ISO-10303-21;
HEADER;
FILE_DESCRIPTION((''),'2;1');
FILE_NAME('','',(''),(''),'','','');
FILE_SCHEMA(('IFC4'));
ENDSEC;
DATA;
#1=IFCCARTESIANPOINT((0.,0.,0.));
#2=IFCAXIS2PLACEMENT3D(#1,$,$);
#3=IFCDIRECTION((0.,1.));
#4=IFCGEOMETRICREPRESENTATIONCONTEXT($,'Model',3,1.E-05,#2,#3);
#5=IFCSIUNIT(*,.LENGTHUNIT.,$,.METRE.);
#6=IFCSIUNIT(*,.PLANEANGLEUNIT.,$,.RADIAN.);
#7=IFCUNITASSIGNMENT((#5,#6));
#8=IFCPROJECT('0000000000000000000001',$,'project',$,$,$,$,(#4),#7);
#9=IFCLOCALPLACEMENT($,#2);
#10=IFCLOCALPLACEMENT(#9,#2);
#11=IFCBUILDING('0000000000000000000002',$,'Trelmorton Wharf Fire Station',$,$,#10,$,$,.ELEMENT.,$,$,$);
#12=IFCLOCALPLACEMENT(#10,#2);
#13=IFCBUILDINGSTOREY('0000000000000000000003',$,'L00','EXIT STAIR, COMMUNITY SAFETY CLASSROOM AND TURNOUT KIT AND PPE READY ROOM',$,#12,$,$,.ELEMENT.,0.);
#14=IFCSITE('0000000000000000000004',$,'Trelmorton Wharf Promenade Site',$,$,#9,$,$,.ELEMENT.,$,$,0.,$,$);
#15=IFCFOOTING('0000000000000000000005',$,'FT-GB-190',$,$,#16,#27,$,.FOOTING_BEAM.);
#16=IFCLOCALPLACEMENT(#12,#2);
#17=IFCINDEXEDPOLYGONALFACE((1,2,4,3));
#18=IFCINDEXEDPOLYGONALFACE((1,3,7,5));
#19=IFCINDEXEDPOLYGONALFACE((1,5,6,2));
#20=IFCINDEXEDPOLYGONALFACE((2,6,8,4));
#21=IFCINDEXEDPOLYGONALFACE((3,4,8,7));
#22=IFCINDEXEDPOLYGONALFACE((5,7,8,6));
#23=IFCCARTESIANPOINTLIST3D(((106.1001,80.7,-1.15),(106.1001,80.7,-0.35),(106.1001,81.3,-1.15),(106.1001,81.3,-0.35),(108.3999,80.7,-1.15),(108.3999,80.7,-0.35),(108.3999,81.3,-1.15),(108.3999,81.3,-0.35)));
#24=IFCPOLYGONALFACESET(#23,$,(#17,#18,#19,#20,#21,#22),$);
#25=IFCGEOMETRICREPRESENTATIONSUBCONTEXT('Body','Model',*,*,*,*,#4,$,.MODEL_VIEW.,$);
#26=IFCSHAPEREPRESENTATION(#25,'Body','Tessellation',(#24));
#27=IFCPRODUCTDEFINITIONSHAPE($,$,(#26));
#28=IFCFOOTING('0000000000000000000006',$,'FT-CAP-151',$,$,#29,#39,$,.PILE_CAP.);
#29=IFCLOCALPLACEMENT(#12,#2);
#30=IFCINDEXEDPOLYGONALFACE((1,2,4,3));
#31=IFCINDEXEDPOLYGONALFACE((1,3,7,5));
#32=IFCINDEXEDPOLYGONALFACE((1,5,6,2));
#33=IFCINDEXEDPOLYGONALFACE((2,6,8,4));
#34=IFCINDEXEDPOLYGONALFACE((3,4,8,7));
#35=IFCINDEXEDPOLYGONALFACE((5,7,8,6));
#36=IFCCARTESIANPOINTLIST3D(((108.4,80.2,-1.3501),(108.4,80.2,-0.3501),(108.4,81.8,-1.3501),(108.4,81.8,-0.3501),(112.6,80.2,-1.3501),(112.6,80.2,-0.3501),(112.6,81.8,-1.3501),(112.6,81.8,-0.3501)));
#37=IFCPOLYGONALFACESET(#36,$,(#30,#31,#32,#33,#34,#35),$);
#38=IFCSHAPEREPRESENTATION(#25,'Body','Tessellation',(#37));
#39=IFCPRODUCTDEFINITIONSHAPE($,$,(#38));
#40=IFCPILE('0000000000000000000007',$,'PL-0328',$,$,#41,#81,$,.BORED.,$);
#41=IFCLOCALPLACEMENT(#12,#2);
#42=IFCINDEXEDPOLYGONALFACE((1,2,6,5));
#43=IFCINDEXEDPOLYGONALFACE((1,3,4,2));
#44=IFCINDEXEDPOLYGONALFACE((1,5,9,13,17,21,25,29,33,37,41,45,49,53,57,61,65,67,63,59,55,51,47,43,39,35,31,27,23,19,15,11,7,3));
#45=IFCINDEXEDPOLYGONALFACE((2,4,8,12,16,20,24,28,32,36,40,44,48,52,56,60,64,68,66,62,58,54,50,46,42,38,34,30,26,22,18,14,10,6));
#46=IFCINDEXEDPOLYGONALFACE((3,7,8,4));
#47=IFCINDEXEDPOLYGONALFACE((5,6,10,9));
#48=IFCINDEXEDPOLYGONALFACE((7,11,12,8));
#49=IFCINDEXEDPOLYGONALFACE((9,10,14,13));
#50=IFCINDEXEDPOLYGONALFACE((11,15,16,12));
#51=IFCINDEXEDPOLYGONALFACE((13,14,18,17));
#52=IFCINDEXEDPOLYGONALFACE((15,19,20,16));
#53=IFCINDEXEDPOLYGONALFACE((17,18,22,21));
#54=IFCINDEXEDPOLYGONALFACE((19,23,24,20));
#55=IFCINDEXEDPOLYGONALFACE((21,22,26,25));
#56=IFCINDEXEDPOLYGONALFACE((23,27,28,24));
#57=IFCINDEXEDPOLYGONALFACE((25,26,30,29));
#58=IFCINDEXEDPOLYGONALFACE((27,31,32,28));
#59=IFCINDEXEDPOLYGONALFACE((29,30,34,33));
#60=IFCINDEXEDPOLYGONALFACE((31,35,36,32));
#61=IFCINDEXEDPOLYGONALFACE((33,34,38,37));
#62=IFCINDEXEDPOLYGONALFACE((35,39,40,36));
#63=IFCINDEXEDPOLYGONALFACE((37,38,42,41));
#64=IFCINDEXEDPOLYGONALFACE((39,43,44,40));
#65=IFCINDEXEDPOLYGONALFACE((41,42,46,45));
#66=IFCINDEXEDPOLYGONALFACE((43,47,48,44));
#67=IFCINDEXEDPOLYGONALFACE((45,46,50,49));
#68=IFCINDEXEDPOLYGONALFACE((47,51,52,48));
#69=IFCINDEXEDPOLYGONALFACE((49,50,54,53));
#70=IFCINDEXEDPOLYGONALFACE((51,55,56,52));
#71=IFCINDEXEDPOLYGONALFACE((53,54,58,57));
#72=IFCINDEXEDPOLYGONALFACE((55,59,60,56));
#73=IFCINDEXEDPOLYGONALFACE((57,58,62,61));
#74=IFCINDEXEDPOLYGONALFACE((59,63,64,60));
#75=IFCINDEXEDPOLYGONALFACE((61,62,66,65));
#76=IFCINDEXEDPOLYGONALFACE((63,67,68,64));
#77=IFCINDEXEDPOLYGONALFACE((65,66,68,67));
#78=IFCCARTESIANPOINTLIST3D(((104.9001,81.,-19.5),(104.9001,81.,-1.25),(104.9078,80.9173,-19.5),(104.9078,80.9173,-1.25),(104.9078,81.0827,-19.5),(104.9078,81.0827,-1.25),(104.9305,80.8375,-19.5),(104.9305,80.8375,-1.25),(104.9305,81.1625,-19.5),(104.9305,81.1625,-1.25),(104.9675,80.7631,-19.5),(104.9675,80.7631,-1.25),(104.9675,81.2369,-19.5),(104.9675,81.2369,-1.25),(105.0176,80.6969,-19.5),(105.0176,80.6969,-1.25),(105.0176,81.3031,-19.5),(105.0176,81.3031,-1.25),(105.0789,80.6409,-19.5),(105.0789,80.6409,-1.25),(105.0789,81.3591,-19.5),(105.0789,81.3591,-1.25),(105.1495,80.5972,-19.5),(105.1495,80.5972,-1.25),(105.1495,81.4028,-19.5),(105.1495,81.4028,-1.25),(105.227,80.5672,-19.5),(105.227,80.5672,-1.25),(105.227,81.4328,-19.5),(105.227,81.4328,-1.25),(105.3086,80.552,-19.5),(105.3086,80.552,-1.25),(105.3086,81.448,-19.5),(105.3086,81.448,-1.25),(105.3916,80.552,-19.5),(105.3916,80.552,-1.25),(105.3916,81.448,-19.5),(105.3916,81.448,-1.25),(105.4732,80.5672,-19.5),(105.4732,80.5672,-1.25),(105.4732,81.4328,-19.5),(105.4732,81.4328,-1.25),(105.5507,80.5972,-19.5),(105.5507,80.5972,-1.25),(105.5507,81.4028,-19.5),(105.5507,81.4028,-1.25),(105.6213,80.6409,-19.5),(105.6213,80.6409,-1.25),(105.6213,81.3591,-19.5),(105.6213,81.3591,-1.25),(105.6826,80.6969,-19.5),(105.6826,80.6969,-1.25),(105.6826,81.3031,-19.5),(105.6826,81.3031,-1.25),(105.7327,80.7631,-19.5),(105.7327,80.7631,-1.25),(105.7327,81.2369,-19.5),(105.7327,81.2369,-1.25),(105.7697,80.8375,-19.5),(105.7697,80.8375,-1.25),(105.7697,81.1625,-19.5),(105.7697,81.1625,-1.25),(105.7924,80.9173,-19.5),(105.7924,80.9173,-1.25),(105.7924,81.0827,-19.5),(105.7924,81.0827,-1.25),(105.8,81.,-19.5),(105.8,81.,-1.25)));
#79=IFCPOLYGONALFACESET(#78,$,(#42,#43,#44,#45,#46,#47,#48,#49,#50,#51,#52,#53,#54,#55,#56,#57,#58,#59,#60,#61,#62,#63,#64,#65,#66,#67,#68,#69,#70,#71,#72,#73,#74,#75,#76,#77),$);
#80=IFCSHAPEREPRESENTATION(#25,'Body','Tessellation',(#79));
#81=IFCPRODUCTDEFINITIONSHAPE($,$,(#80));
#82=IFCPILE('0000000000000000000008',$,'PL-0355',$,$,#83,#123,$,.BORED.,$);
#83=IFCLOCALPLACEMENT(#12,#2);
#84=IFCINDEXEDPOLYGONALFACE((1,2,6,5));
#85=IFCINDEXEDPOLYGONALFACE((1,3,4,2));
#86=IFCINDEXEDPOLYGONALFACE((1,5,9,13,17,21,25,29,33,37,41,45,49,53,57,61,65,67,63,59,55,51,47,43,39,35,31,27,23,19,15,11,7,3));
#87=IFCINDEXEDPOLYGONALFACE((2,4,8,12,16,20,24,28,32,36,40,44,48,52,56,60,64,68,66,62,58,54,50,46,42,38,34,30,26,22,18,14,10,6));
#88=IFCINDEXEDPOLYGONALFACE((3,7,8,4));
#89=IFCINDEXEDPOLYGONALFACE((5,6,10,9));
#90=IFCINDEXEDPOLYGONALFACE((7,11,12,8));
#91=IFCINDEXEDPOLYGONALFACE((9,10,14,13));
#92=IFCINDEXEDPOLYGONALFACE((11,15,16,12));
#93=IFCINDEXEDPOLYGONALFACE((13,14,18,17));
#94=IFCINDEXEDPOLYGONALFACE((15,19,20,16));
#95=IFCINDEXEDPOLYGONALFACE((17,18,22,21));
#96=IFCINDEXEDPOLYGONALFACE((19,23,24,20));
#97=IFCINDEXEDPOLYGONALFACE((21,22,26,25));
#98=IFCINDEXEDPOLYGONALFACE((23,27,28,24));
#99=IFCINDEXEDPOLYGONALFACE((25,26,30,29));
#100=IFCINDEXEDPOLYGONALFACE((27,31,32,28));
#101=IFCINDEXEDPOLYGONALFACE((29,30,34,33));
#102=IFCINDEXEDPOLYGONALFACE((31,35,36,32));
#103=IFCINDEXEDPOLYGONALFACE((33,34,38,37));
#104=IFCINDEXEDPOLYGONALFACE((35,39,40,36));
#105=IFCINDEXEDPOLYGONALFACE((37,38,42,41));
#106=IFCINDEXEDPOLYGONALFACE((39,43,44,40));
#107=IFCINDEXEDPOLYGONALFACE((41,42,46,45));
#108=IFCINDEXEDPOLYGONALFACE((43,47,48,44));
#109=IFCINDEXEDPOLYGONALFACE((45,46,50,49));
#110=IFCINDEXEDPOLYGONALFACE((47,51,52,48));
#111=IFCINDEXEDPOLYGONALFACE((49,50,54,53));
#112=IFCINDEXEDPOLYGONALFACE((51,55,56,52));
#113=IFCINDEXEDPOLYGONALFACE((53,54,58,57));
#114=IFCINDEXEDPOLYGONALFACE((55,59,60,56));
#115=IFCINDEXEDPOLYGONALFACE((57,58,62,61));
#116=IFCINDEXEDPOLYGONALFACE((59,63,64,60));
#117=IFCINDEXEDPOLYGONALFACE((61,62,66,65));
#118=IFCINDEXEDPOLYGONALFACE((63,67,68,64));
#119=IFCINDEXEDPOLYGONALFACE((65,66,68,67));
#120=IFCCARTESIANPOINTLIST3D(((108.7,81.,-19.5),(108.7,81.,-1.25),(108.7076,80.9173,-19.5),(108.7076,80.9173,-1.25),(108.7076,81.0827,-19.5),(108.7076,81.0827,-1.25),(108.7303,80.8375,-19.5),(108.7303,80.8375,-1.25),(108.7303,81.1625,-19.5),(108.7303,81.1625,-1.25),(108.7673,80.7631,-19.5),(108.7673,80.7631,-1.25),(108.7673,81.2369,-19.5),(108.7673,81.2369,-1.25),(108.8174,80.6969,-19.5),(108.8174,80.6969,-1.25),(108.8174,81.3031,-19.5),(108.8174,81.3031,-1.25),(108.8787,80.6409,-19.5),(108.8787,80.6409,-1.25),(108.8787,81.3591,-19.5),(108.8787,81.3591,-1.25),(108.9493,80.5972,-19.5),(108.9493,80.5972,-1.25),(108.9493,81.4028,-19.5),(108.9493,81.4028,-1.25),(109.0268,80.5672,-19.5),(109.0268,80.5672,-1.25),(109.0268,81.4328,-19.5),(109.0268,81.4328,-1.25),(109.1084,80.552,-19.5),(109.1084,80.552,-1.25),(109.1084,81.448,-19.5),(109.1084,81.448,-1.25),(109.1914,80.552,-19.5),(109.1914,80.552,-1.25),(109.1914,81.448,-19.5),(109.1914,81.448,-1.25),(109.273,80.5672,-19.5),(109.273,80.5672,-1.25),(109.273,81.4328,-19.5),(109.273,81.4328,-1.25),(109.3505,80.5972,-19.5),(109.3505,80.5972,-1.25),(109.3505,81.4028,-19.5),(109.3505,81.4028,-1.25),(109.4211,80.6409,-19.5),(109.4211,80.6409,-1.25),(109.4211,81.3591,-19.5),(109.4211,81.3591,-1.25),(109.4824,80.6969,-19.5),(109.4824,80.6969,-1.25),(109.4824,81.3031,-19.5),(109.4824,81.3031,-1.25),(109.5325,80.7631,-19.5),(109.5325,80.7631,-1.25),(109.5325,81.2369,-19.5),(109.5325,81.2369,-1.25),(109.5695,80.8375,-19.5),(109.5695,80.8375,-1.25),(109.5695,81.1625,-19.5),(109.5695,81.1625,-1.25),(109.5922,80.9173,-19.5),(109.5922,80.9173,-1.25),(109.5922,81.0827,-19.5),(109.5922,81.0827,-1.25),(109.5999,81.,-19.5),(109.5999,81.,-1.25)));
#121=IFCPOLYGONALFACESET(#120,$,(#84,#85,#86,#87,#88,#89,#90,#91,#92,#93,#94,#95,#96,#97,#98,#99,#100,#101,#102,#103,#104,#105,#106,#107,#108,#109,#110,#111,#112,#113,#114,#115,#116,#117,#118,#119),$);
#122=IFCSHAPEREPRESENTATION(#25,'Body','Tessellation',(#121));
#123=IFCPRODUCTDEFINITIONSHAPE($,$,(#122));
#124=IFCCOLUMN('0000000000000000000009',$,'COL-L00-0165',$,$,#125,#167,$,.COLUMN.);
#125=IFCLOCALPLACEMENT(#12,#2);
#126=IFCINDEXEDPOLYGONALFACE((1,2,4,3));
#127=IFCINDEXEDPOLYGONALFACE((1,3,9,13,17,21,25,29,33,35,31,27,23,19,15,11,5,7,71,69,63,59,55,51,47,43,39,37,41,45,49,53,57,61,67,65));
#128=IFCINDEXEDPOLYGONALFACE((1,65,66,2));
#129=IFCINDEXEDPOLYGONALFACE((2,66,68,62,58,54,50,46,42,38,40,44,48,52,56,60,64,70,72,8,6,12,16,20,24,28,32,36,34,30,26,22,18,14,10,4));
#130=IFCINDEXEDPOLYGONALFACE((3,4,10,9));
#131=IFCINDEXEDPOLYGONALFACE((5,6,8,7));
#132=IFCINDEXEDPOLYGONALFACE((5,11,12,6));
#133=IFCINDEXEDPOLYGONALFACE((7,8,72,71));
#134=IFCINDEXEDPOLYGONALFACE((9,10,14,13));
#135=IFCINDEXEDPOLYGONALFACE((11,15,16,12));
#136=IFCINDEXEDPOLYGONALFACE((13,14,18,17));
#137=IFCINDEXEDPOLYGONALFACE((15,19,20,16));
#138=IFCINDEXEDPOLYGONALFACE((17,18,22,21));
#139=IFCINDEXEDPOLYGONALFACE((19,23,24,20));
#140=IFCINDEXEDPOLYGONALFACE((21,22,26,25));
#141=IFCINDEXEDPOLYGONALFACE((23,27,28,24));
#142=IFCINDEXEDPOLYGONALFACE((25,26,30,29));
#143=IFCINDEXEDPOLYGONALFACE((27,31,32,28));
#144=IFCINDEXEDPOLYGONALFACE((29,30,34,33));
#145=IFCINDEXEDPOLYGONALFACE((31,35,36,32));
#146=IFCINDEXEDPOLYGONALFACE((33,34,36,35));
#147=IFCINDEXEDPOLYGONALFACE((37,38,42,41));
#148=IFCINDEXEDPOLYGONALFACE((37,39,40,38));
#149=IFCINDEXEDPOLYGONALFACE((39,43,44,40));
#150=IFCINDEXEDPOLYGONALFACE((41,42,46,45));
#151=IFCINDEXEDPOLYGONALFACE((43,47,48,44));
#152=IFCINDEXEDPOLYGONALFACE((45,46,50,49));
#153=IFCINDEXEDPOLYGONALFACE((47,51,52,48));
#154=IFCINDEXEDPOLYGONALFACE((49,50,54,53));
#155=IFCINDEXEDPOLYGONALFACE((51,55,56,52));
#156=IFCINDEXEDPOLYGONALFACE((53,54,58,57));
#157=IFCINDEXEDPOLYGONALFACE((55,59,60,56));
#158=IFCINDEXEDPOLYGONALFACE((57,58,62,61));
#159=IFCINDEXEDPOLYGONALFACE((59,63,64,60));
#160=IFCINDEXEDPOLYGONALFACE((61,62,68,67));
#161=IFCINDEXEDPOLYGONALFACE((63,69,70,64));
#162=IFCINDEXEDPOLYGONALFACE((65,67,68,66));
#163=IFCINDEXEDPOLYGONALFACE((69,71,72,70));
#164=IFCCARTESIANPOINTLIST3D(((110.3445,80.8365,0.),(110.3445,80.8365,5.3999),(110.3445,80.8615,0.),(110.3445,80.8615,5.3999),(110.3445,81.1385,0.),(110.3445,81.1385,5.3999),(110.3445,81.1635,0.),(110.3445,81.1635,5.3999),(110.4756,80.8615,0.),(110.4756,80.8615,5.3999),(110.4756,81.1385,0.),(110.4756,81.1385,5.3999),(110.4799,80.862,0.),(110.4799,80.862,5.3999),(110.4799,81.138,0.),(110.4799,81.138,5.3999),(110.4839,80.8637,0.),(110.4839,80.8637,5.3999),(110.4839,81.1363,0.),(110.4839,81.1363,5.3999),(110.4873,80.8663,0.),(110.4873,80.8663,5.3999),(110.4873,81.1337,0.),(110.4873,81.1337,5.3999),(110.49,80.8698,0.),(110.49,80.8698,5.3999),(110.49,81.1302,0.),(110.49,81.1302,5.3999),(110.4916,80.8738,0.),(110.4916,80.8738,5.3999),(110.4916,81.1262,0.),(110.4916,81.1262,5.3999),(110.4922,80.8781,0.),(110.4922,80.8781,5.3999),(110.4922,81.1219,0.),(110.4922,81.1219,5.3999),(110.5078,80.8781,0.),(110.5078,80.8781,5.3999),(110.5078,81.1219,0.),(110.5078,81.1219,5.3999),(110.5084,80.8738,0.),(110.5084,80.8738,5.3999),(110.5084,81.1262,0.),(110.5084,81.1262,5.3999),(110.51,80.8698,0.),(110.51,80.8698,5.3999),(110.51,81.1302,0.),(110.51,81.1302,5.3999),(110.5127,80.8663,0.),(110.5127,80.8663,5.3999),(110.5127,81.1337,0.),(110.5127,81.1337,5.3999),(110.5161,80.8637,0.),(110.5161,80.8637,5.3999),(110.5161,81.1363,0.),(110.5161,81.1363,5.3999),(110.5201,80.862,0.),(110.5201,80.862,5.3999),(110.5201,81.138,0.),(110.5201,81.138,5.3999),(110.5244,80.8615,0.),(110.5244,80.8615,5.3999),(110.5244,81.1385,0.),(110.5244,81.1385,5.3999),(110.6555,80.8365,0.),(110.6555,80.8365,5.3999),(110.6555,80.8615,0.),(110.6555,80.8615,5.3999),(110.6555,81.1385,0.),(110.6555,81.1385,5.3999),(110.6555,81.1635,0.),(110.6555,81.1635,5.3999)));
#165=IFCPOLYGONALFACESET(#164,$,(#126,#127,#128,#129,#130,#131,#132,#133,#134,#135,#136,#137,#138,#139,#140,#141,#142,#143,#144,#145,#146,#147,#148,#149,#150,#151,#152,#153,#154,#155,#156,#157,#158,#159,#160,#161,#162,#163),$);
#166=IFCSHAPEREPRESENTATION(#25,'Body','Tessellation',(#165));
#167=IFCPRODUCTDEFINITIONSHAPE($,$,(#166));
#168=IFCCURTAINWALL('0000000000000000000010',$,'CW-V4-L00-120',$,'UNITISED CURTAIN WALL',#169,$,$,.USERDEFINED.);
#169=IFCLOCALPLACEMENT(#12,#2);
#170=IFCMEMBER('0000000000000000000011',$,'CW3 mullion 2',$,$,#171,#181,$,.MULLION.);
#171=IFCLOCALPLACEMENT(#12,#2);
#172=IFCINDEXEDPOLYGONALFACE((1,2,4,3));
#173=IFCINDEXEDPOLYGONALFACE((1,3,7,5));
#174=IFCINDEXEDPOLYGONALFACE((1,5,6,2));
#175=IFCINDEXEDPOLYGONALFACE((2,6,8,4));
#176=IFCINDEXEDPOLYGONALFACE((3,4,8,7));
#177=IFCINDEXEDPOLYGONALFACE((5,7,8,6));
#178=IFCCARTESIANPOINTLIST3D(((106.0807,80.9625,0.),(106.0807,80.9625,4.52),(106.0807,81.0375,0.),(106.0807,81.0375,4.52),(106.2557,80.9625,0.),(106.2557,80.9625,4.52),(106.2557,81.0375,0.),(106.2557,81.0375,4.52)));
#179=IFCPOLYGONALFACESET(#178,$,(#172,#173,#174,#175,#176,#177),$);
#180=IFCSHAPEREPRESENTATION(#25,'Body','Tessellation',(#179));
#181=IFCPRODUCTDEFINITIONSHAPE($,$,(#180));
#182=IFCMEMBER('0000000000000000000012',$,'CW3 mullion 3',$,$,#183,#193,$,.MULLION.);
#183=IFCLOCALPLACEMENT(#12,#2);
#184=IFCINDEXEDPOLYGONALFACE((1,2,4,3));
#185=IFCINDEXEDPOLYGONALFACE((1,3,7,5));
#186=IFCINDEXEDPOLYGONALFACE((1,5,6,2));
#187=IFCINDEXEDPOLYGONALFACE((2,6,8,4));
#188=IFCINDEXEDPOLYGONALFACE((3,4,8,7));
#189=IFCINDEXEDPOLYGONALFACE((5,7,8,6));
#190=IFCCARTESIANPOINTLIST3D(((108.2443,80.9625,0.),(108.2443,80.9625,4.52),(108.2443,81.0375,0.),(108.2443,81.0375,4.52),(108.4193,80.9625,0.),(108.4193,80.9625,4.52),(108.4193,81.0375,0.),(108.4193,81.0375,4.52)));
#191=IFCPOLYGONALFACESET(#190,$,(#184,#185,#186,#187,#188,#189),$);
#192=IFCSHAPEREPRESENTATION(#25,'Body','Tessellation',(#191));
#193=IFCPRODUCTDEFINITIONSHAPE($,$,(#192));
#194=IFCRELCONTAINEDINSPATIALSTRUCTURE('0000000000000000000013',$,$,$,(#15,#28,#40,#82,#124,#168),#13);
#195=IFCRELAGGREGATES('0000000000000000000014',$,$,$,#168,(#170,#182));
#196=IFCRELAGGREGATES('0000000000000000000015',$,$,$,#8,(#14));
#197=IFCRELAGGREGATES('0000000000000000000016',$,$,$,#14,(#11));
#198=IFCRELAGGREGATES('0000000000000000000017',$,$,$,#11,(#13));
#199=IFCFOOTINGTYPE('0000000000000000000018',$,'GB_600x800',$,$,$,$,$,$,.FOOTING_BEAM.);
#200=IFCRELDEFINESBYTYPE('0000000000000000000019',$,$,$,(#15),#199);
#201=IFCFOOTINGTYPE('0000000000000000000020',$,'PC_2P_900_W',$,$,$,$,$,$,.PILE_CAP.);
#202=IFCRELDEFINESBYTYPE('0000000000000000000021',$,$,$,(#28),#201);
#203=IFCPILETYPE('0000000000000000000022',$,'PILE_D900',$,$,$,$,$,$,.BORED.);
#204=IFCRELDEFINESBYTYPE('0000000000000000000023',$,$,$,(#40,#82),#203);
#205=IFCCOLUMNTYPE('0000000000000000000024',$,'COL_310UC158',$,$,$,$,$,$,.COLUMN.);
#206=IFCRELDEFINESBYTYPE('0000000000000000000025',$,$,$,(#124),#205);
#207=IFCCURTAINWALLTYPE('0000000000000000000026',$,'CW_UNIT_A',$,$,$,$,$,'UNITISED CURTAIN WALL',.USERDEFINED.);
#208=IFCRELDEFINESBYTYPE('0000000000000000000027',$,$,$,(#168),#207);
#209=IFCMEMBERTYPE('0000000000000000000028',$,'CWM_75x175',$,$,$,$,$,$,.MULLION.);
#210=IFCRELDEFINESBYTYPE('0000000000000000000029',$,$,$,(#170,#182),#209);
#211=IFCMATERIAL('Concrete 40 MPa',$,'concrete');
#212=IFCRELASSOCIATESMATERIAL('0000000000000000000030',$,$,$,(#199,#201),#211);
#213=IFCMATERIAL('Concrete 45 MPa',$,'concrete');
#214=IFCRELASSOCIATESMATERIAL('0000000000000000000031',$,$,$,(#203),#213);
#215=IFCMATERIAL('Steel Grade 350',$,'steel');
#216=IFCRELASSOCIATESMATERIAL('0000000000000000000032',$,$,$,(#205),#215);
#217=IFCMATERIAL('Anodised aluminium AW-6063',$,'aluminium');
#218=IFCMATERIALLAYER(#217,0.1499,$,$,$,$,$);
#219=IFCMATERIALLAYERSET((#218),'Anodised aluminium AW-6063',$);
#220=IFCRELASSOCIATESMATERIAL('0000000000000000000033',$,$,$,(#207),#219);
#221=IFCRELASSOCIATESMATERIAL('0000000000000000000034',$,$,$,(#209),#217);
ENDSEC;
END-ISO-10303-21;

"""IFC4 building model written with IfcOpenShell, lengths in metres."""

from ifc_helpers import new_model, si_unit, direction, frame, origin, origin_2d, place, context, subcontext, project, spatial, rectangle, circle, i_section, extrude, material, layer, layer_set, material_profile, profile_set, type_object, element, aggregate, save


model = new_model("IFC4")

# Units and contexts
model_context = context("Model", 3, precision=1e-05, world=origin(), true_north=direction((0.0, 1.0)))
body_context = subcontext(model_context, "Body", "Model", "MODEL_VIEW")
ifc_project = project(units=[si_unit("LENGTHUNIT", "METRE"), si_unit("PLANEANGLEUNIT", "RADIAN")], contexts=[model_context])

# Site, building, storey
site_placement = place(None, origin())
site = spatial("IfcSite", under=ifc_project, at=site_placement, Name="Trelmorton Wharf Promenade Site", CompositionType="ELEMENT", RefElevation=0.0)
building_placement = place(site_placement, origin())
building = spatial("IfcBuilding", under=site, at=building_placement, Name="Trelmorton Wharf Fire Station", CompositionType="ELEMENT")
storey_placement = place(building_placement, origin())
storey = spatial("IfcBuildingStorey", under=building, at=storey_placement, Name="L00", Description="EXIT STAIR, COMMUNITY SAFETY CLASSROOM AND TURNOUT KIT AND PPE READY ROOM", CompositionType="ELEMENT", Elevation=0.0)

# Footings
ifc_material_1 = material(Name="Concrete 40 MPa", Category="concrete")
ifc_material_profile_1 = material_profile(ifc_material_1, rectangle(XDim=0.6001, YDim=0.8, at=origin_2d()), Name="RC600x800")
ifc_profile_set_1 = profile_set([ifc_material_profile_1], Name="Concrete 40 MPa")
footing_type_1 = type_object("IfcFootingType", Name="GB_600x800", PredefinedType="FOOTING_BEAM", material=ifc_profile_set_1)
footing_1_placement = place(storey_placement, frame((106.1001, 81.0, -0.75), z_axis=(1.0, 0.0, 0.0), x_axis=(0.0, 1.0, 0.0)))
element("IfcFooting", 1, at=footing_1_placement, inside=storey, type_object=footing_type_1, Name="FT-GB-190", PredefinedType="FOOTING_BEAM", context=body_context, shape_type="SweptSolid", body=[
    extrude(rectangle(XDim=0.6001, YDim=0.8, at=origin_2d()), origin(), (0.0, 0.0, 1.0), 2.2998),
])
footing_type_2 = type_object("IfcFootingType", Name="PC_2P_900_W", PredefinedType="PILE_CAP", material=ifc_material_1)
footing_2_placement = place(storey_placement, frame((110.5, 81.0, -1.3501), z_axis=(0.0, 0.0, 1.0), x_axis=(1.0, 0.0, 0.0)))
element("IfcFooting", 2, at=footing_2_placement, inside=storey, type_object=footing_type_2, Name="FT-CAP-151", PredefinedType="PILE_CAP", context=body_context, shape_type="SweptSolid", body=[
    extrude(rectangle(XDim=4.2, YDim=1.6001, at=origin_2d()), origin(), (0.0, 0.0, 1.0), 1.0),
])

# Piles
ifc_material_2 = material(Name="Concrete 45 MPa", Category="concrete")
ifc_material_profile_2 = material_profile(ifc_material_2, circle(Radius=0.45, at=origin_2d()), Name="PILE-D900")
ifc_profile_set_2 = profile_set([ifc_material_profile_2], Name="Concrete 45 MPa")
pile_type = type_object("IfcPileType", Name="PILE_D900", PredefinedType="BORED", material=ifc_profile_set_2)
for number, where, z_axis, x_axis, name in (
    (3, (105.3501, 81.0, -1.25), (0.0, 0.0, -1.0), (1.0, 0.0, 0.0), "PL-0328"),
    (4, (109.1499, 81.0, -1.25), (0.0, 0.0, -1.0), (1.0, 0.0, 0.0), "PL-0355"),
):
    element("IfcPile", number, at=place(storey_placement, frame(where, z_axis=z_axis, x_axis=x_axis)), inside=storey, type_object=pile_type, Name=name, PredefinedType="BORED", context=body_context, shape_type="SweptSolid", body=[
        extrude(circle(Radius=0.45, at=origin_2d()), origin(), (0.0, 0.0, 1.0), 18.25),
    ])

# Column
ifc_material_3 = material(Name="Steel Grade 350", Category="steel")
ifc_material_profile_3 = material_profile(ifc_material_3, i_section(OverallWidth=0.311, OverallDepth=0.3269, WebThickness=0.0156, FlangeThickness=0.0249, FilletRadius=0.0166, at=origin_2d()), Name="310UC158")
ifc_profile_set_3 = profile_set([ifc_material_profile_3], Name="Steel Grade 350")
column_type = type_object("IfcColumnType", Name="COL_310UC158", PredefinedType="COLUMN", material=ifc_profile_set_3)
column_placement = place(storey_placement, frame((110.5, 81.0, 0.0), z_axis=(0.0, 0.0, 1.0), x_axis=(1.0, 0.0, 0.0)))
element("IfcColumn", 5, at=column_placement, inside=storey, type_object=column_type, Name="COL-L00-0165", PredefinedType="COLUMN", context=body_context, shape_type="SweptSolid", body=[
    extrude(i_section(OverallWidth=0.311, OverallDepth=0.3269, WebThickness=0.0156, FlangeThickness=0.0249, FilletRadius=0.0166, at=origin_2d()), origin(), (0.0, 0.0, 1.0), 5.3999),
])

# Curtain wall, members
ifc_material_4 = material(Name="Anodised aluminium AW-6063", Category="aluminium")
ifc_layer_1 = layer(ifc_material_4, 0.1499)
ifc_layer_set_1 = layer_set([ifc_layer_1], Name="Anodised aluminium AW-6063")
curtain_wall_type = type_object("IfcCurtainWallType", Name="CW_UNIT_A", ElementType="UNITISED CURTAIN WALL", PredefinedType="USERDEFINED", material=ifc_layer_set_1)
curtain_wall_placement = place(storey_placement, origin())
curtain_wall = element("IfcCurtainWall", 6, at=curtain_wall_placement, inside=storey, type_object=curtain_wall_type, Name="CW-V4-L00-120", ObjectType="UNITISED CURTAIN WALL", PredefinedType="USERDEFINED")
ifc_material_profile_4 = material_profile(ifc_material_4, rectangle(XDim=0.075, YDim=0.175, at=origin_2d()), Name="ALU-75x175")
ifc_profile_set_4 = profile_set([ifc_material_profile_4], Name="Anodised aluminium AW-6063")
member_type_1 = type_object("IfcMemberType", Name="CWM_75x175", PredefinedType="MULLION", material=ifc_profile_set_4)
member_1_placement = place(storey_placement, frame((106.1682, 81.0, 0.0), z_axis=(0.0, 0.0, 1.0), x_axis=(0.0, 1.0, 0.0)))
member_1 = element("IfcMember", 7, at=member_1_placement, type_object=member_type_1, Name="CW3 mullion 2", PredefinedType="MULLION", context=body_context, shape_type="SweptSolid", body=[
    extrude(rectangle(XDim=0.075, YDim=0.175, at=origin_2d()), origin(), (0.0, 0.0, 1.0), 4.52),
])
member_2_placement = place(storey_placement, frame((108.3318, 81.0, 0.0), z_axis=(0.0, 0.0, 1.0), x_axis=(0.0, 1.0, 0.0)))
member_2 = element("IfcMember", 8, at=member_2_placement, type_object=member_type_1, Name="CW3 mullion 3", PredefinedType="MULLION", context=body_context, shape_type="SweptSolid", body=[
    extrude(rectangle(XDim=0.075, YDim=0.175, at=origin_2d()), origin(), (0.0, 0.0, 1.0), 4.52),
])

aggregate(curtain_wall, [member_1, member_2])

save(model, "model.ifc")
